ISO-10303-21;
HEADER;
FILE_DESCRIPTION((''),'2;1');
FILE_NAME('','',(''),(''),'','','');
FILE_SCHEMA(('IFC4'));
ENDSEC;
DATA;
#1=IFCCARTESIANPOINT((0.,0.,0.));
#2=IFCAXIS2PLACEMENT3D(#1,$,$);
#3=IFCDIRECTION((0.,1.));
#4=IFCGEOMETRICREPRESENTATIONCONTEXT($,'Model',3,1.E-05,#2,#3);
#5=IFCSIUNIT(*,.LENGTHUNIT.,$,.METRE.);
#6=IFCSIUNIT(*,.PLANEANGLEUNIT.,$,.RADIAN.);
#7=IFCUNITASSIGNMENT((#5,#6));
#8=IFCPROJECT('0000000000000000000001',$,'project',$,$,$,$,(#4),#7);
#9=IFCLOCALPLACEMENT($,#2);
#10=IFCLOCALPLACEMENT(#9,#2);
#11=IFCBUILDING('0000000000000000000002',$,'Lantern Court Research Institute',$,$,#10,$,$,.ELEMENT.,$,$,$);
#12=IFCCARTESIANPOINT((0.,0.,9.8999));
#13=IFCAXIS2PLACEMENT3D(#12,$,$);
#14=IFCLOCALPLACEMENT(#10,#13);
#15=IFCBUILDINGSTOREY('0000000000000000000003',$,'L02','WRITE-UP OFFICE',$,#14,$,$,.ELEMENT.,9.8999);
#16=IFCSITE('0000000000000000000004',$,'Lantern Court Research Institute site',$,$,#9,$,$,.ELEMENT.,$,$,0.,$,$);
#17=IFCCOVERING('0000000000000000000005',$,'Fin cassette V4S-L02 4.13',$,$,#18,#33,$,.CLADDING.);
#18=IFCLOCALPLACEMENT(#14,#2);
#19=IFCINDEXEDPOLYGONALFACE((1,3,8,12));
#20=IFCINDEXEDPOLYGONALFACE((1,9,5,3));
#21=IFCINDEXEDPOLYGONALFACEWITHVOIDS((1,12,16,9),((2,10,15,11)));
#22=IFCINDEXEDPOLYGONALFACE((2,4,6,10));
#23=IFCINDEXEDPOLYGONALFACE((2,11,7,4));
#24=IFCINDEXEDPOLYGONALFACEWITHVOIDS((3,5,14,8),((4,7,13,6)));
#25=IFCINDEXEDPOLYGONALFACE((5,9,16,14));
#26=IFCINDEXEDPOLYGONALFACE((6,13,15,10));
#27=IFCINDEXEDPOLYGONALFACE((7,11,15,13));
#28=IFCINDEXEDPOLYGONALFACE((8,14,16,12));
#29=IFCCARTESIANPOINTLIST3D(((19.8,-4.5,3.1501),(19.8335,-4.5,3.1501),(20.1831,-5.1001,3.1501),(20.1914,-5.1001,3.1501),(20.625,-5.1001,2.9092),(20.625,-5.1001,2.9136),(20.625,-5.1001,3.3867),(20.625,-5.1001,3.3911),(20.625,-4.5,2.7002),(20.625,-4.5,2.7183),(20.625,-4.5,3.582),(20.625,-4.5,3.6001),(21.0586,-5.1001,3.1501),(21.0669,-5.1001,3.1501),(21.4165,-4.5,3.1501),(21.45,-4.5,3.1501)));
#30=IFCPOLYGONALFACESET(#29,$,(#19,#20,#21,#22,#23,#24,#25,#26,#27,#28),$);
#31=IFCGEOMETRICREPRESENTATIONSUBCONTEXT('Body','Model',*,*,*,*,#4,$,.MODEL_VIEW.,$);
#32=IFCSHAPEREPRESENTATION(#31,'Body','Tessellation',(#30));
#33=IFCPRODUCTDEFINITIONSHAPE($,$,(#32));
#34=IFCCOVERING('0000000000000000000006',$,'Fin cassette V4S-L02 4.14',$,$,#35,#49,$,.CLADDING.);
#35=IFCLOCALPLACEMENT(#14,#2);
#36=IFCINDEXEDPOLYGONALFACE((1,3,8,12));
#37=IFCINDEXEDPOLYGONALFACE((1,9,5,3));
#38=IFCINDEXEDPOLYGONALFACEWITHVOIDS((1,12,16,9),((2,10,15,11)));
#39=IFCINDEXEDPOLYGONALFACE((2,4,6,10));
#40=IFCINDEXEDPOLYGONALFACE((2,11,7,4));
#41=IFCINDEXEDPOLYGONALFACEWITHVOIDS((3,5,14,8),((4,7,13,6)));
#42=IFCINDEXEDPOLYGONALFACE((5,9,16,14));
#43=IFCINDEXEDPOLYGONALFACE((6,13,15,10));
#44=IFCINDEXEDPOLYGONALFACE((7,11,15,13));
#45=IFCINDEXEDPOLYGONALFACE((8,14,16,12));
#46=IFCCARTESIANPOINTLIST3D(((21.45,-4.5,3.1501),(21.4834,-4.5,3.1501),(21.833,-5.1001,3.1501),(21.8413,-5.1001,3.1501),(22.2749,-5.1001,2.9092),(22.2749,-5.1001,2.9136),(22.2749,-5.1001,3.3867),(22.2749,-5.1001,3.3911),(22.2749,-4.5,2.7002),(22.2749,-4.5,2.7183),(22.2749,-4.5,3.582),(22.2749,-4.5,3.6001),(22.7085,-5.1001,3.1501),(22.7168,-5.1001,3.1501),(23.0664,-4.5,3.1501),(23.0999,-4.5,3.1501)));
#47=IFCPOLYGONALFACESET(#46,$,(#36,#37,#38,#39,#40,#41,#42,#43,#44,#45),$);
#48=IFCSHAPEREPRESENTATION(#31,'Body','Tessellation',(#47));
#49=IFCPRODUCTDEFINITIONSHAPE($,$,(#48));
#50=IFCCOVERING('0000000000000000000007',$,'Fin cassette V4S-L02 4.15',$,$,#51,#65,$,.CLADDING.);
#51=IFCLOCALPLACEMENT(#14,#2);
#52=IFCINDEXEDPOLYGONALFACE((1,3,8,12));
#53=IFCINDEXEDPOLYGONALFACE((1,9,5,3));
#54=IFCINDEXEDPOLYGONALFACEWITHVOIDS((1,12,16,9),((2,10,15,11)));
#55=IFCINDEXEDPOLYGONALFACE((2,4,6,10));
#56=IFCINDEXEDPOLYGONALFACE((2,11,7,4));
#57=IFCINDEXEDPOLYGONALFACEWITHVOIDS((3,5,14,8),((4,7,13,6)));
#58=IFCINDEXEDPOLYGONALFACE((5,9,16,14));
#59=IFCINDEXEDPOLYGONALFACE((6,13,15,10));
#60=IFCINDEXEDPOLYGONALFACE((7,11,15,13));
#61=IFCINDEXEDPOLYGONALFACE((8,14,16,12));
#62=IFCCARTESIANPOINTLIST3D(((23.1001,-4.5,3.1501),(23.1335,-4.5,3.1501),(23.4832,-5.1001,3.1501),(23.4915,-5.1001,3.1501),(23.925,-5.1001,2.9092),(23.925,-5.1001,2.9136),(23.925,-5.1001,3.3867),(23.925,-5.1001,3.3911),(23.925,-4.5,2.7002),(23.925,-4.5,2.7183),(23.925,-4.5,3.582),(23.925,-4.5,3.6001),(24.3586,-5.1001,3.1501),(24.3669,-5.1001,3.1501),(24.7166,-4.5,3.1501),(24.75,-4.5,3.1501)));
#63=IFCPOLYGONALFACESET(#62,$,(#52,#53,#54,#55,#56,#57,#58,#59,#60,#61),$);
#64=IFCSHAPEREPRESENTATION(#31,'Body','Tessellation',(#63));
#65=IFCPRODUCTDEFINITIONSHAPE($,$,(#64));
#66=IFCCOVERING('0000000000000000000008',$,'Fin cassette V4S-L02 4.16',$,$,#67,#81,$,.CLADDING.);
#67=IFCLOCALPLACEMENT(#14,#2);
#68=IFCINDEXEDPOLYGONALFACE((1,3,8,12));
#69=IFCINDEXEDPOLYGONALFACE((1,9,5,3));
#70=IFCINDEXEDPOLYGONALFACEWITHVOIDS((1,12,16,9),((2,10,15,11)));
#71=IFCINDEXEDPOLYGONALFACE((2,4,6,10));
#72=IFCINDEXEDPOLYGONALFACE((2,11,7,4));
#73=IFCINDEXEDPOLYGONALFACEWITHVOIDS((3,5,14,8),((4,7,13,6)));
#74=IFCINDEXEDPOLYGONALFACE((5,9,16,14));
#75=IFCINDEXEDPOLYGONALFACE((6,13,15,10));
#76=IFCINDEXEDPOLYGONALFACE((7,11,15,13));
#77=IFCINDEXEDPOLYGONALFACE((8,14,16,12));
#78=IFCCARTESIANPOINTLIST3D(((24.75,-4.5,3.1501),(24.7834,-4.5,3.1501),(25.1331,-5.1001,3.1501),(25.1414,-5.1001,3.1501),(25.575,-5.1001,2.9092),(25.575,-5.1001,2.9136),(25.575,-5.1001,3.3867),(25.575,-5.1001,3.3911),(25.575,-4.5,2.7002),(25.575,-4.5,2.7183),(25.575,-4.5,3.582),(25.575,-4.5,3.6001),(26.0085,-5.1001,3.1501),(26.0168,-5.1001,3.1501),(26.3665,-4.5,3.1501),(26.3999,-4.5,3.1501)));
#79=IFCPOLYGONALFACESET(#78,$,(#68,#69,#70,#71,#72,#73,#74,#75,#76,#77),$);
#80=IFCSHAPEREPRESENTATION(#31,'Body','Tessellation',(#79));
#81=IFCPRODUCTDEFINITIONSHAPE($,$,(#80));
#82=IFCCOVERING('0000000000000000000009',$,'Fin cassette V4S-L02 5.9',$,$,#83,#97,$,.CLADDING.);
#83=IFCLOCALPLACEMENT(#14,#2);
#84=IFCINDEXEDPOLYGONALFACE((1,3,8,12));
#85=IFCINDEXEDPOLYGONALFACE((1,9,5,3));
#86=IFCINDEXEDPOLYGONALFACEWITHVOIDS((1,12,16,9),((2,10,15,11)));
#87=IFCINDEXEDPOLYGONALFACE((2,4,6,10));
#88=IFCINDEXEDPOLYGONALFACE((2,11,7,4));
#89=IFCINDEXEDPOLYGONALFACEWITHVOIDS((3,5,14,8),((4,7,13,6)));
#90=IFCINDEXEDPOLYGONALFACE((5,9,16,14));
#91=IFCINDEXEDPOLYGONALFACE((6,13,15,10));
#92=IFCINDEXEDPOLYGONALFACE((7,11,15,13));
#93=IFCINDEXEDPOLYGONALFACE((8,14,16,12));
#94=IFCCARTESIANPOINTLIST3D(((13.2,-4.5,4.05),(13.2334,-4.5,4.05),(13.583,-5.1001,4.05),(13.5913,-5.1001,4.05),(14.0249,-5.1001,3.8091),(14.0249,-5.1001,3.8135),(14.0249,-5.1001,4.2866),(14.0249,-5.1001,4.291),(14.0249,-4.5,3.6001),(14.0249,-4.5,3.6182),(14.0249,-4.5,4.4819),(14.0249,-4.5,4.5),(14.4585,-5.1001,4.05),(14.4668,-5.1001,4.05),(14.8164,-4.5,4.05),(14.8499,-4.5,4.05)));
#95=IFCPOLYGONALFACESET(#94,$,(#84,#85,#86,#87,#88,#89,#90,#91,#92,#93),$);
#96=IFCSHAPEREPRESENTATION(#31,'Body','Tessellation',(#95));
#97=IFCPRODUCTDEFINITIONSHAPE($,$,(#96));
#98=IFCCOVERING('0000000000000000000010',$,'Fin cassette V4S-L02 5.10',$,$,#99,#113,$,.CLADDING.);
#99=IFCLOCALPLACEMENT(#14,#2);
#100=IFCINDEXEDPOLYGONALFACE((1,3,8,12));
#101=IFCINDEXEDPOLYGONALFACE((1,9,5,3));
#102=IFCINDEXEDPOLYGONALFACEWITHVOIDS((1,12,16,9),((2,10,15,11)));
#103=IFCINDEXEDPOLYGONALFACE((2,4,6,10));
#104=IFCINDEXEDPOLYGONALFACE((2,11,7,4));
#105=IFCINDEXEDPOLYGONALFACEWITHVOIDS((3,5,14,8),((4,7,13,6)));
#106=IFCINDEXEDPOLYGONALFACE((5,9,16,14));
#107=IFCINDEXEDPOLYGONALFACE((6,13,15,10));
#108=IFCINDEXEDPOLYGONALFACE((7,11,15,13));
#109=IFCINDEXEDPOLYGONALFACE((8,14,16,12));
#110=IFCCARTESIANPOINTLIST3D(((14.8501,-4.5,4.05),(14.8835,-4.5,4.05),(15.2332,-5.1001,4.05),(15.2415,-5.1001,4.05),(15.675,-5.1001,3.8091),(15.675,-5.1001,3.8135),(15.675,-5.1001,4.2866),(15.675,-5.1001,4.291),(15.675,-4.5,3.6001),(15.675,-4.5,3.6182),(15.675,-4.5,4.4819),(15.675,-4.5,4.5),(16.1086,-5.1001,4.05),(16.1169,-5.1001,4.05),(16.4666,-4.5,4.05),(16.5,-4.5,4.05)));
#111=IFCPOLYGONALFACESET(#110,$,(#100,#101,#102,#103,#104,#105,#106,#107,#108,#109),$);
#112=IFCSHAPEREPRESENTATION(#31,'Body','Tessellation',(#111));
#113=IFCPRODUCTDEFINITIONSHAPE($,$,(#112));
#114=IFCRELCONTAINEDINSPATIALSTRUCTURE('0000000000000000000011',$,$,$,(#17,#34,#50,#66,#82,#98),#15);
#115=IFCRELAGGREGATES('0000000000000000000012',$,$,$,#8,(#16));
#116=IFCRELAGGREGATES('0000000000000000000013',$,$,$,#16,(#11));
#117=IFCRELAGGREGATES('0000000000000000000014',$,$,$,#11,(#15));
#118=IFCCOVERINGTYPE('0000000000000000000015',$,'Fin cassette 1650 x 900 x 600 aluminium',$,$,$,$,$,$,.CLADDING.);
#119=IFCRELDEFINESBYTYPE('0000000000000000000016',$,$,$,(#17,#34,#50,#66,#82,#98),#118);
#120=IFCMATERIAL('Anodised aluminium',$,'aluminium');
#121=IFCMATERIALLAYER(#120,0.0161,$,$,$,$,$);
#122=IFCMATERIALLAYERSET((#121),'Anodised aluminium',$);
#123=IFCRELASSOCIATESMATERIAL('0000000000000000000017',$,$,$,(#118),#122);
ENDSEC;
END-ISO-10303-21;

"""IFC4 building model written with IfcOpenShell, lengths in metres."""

from ifc_helpers import new_model, entity, si_unit, direction, frame, origin, place, context, subcontext, project, spatial, material, layer, layer_set, type_object, element, save


model = new_model("IFC4")

# Units and contexts
model_context = context("Model", 3, precision=1e-05, world=origin(), true_north=direction((0.0, 1.0)))
body_context = subcontext(model_context, "Body", "Model", "MODEL_VIEW")
ifc_project = project(units=[si_unit("LENGTHUNIT", "METRE"), si_unit("PLANEANGLEUNIT", "RADIAN")], contexts=[model_context])

# Site, building, storey
site_placement = place(None, origin())
site = spatial("IfcSite", under=ifc_project, at=site_placement, Name="Lantern Court Research Institute site", CompositionType="ELEMENT", RefElevation=0.0)
building_placement = place(site_placement, origin())
building = spatial("IfcBuilding", under=site, at=building_placement, Name="Lantern Court Research Institute", CompositionType="ELEMENT")
storey_placement = place(building_placement, frame((0.0, 0.0, 9.8999)))
storey = spatial("IfcBuildingStorey", under=building, at=storey_placement, Name="L02", Description="WRITE-UP OFFICE", CompositionType="ELEMENT", Elevation=9.8999)

# Coverings
ifc_material_1 = material(Name="Anodised aluminium", Category="aluminium")
ifc_layer_1 = layer(ifc_material_1, 0.0161)
ifc_layer_set_1 = layer_set([ifc_layer_1], Name="Anodised aluminium")
covering_type = type_object("IfcCoveringType", Name="Fin cassette 1650 x 900 x 600 aluminium", PredefinedType="CLADDING", material=ifc_layer_set_1)
covering_1_placement = place(storey_placement, frame((20.625, -4.5, 3.1501), z_axis=(0.0, -1.0, 0.0), x_axis=(1.0, 0.0, 0.0)))
cartesian_point_1 = entity("IfcCartesianPoint", [0.825, 0.0])
cartesian_point_2 = entity("IfcCartesianPoint", [0.7915, 0.0])
cartesian_point_3 = entity("IfcCartesianPoint", [0.4419, 0.0])
cartesian_point_4 = entity("IfcCartesianPoint", [0.4336, 0.0])
element("IfcCovering", 1, at=covering_1_placement, inside=storey, type_object=covering_type, Name="Fin cassette V4S-L02 4.13", PredefinedType="CLADDING", context=body_context, shape_type="SweptSolid", body=[
    entity("IfcExtrudedAreaSolidTapered", entity("IfcArbitraryProfileDefWithVoids", "AREA", None, entity("IfcPolyline", [cartesian_point_1, entity("IfcCartesianPoint", [0.0, 0.45]), entity("IfcCartesianPoint", [-0.825, 0.0]), entity("IfcCartesianPoint", [0.0, -0.45]), cartesian_point_1]), [entity("IfcPolyline", [cartesian_point_2, entity("IfcCartesianPoint", [0.0, 0.4319]), entity("IfcCartesianPoint", [-0.7915, 0.0]), entity("IfcCartesianPoint", [0.0, -0.4319]), cartesian_point_2])]), entity("IfcAxis2Placement3D", entity("IfcCartesianPoint", [0.0, 0.0, 0.0])), entity("IfcDirection", [0.0, 0.0, 1.0]), 0.6001, entity("IfcArbitraryProfileDefWithVoids", "AREA", None, entity("IfcPolyline", [cartesian_point_3, entity("IfcCartesianPoint", [0.0, 0.241]), entity("IfcCartesianPoint", [-0.4419, 0.0]), entity("IfcCartesianPoint", [0.0, -0.241]), cartesian_point_3]), [entity("IfcPolyline", [cartesian_point_4, entity("IfcCartesianPoint", [0.0, 0.2366]), entity("IfcCartesianPoint", [-0.4336, 0.0]), entity("IfcCartesianPoint", [0.0, -0.2366]), cartesian_point_4])])),
])
covering_2_placement = place(storey_placement, frame((22.2749, -4.5, 3.1501), z_axis=(0.0, -1.0, 0.0), x_axis=(1.0, 0.0, 0.0)))
cartesian_point_5 = entity("IfcCartesianPoint", [0.825, 0.0])
cartesian_point_6 = entity("IfcCartesianPoint", [0.7915, 0.0])
cartesian_point_7 = entity("IfcCartesianPoint", [0.4419, 0.0])
cartesian_point_8 = entity("IfcCartesianPoint", [0.4336, 0.0])
element("IfcCovering", 2, at=covering_2_placement, inside=storey, type_object=covering_type, Name="Fin cassette V4S-L02 4.14", PredefinedType="CLADDING", context=body_context, shape_type="SweptSolid", body=[
    entity("IfcExtrudedAreaSolidTapered", entity("IfcArbitraryProfileDefWithVoids", "AREA", None, entity("IfcPolyline", [cartesian_point_5, entity("IfcCartesianPoint", [0.0, 0.45]), entity("IfcCartesianPoint", [-0.825, 0.0]), entity("IfcCartesianPoint", [0.0, -0.45]), cartesian_point_5]), [entity("IfcPolyline", [cartesian_point_6, entity("IfcCartesianPoint", [0.0, 0.4319]), entity("IfcCartesianPoint", [-0.7915, 0.0]), entity("IfcCartesianPoint", [0.0, -0.4319]), cartesian_point_6])]), entity("IfcAxis2Placement3D", entity("IfcCartesianPoint", [0.0, 0.0, 0.0])), entity("IfcDirection", [0.0, 0.0, 1.0]), 0.6001, entity("IfcArbitraryProfileDefWithVoids", "AREA", None, entity("IfcPolyline", [cartesian_point_7, entity("IfcCartesianPoint", [0.0, 0.241]), entity("IfcCartesianPoint", [-0.4419, 0.0]), entity("IfcCartesianPoint", [0.0, -0.241]), cartesian_point_7]), [entity("IfcPolyline", [cartesian_point_8, entity("IfcCartesianPoint", [0.0, 0.2366]), entity("IfcCartesianPoint", [-0.4336, 0.0]), entity("IfcCartesianPoint", [0.0, -0.2366]), cartesian_point_8])])),
])
covering_3_placement = place(storey_placement, frame((23.925, -4.5, 3.1501), z_axis=(0.0, -1.0, 0.0), x_axis=(1.0, 0.0, 0.0)))
cartesian_point_9 = entity("IfcCartesianPoint", [0.825, 0.0])
cartesian_point_10 = entity("IfcCartesianPoint", [0.7915, 0.0])
cartesian_point_11 = entity("IfcCartesianPoint", [0.4419, 0.0])
cartesian_point_12 = entity("IfcCartesianPoint", [0.4336, 0.0])
element("IfcCovering", 3, at=covering_3_placement, inside=storey, type_object=covering_type, Name="Fin cassette V4S-L02 4.15", PredefinedType="CLADDING", context=body_context, shape_type="SweptSolid", body=[
    entity("IfcExtrudedAreaSolidTapered", entity("IfcArbitraryProfileDefWithVoids", "AREA", None, entity("IfcPolyline", [cartesian_point_9, entity("IfcCartesianPoint", [0.0, 0.45]), entity("IfcCartesianPoint", [-0.825, 0.0]), entity("IfcCartesianPoint", [0.0, -0.45]), cartesian_point_9]), [entity("IfcPolyline", [cartesian_point_10, entity("IfcCartesianPoint", [0.0, 0.4319]), entity("IfcCartesianPoint", [-0.7915, 0.0]), entity("IfcCartesianPoint", [0.0, -0.4319]), cartesian_point_10])]), entity("IfcAxis2Placement3D", entity("IfcCartesianPoint", [0.0, 0.0, 0.0])), entity("IfcDirection", [0.0, 0.0, 1.0]), 0.6001, entity("IfcArbitraryProfileDefWithVoids", "AREA", None, entity("IfcPolyline", [cartesian_point_11, entity("IfcCartesianPoint", [0.0, 0.241]), entity("IfcCartesianPoint", [-0.4419, 0.0]), entity("IfcCartesianPoint", [0.0, -0.241]), cartesian_point_11]), [entity("IfcPolyline", [cartesian_point_12, entity("IfcCartesianPoint", [0.0, 0.2366]), entity("IfcCartesianPoint", [-0.4336, 0.0]), entity("IfcCartesianPoint", [0.0, -0.2366]), cartesian_point_12])])),
])
covering_4_placement = place(storey_placement, frame((25.575, -4.5, 3.1501), z_axis=(0.0, -1.0, 0.0), x_axis=(1.0, 0.0, 0.0)))
cartesian_point_13 = entity("IfcCartesianPoint", [0.825, 0.0])
cartesian_point_14 = entity("IfcCartesianPoint", [0.7915, 0.0])
cartesian_point_15 = entity("IfcCartesianPoint", [0.4419, 0.0])
cartesian_point_16 = entity("IfcCartesianPoint", [0.4336, 0.0])
element("IfcCovering", 4, at=covering_4_placement, inside=storey, type_object=covering_type, Name="Fin cassette V4S-L02 4.16", PredefinedType="CLADDING", context=body_context, shape_type="SweptSolid", body=[
    entity("IfcExtrudedAreaSolidTapered", entity("IfcArbitraryProfileDefWithVoids", "AREA", None, entity("IfcPolyline", [cartesian_point_13, entity("IfcCartesianPoint", [0.0, 0.45]), entity("IfcCartesianPoint", [-0.825, 0.0]), entity("IfcCartesianPoint", [0.0, -0.45]), cartesian_point_13]), [entity("IfcPolyline", [cartesian_point_14, entity("IfcCartesianPoint", [0.0, 0.4319]), entity("IfcCartesianPoint", [-0.7915, 0.0]), entity("IfcCartesianPoint", [0.0, -0.4319]), cartesian_point_14])]), entity("IfcAxis2Placement3D", entity("IfcCartesianPoint", [0.0, 0.0, 0.0])), entity("IfcDirection", [0.0, 0.0, 1.0]), 0.6001, entity("IfcArbitraryProfileDefWithVoids", "AREA", None, entity("IfcPolyline", [cartesian_point_15, entity("IfcCartesianPoint", [0.0, 0.241]), entity("IfcCartesianPoint", [-0.4419, 0.0]), entity("IfcCartesianPoint", [0.0, -0.241]), cartesian_point_15]), [entity("IfcPolyline", [cartesian_point_16, entity("IfcCartesianPoint", [0.0, 0.2366]), entity("IfcCartesianPoint", [-0.4336, 0.0]), entity("IfcCartesianPoint", [0.0, -0.2366]), cartesian_point_16])])),
])
covering_5_placement = place(storey_placement, frame((14.0249, -4.5, 4.05), z_axis=(0.0, -1.0, 0.0), x_axis=(1.0, 0.0, 0.0)))
cartesian_point_17 = entity("IfcCartesianPoint", [0.825, 0.0])
cartesian_point_18 = entity("IfcCartesianPoint", [0.7915, 0.0])
cartesian_point_19 = entity("IfcCartesianPoint", [0.4419, 0.0])
cartesian_point_20 = entity("IfcCartesianPoint", [0.4336, 0.0])
element("IfcCovering", 5, at=covering_5_placement, inside=storey, type_object=covering_type, Name="Fin cassette V4S-L02 5.9", PredefinedType="CLADDING", context=body_context, shape_type="SweptSolid", body=[
    entity("IfcExtrudedAreaSolidTapered", entity("IfcArbitraryProfileDefWithVoids", "AREA", None, entity("IfcPolyline", [cartesian_point_17, entity("IfcCartesianPoint", [0.0, 0.45]), entity("IfcCartesianPoint", [-0.825, 0.0]), entity("IfcCartesianPoint", [0.0, -0.45]), cartesian_point_17]), [entity("IfcPolyline", [cartesian_point_18, entity("IfcCartesianPoint", [0.0, 0.4319]), entity("IfcCartesianPoint", [-0.7915, 0.0]), entity("IfcCartesianPoint", [0.0, -0.4319]), cartesian_point_18])]), entity("IfcAxis2Placement3D", entity("IfcCartesianPoint", [0.0, 0.0, 0.0])), entity("IfcDirection", [0.0, 0.0, 1.0]), 0.6001, entity("IfcArbitraryProfileDefWithVoids", "AREA", None, entity("IfcPolyline", [cartesian_point_19, entity("IfcCartesianPoint", [0.0, 0.241]), entity("IfcCartesianPoint", [-0.4419, 0.0]), entity("IfcCartesianPoint", [0.0, -0.241]), cartesian_point_19]), [entity("IfcPolyline", [cartesian_point_20, entity("IfcCartesianPoint", [0.0, 0.2366]), entity("IfcCartesianPoint", [-0.4336, 0.0]), entity("IfcCartesianPoint", [0.0, -0.2366]), cartesian_point_20])])),
])
covering_6_placement = place(storey_placement, frame((15.675, -4.5, 4.05), z_axis=(0.0, -1.0, 0.0), x_axis=(1.0, 0.0, 0.0)))
cartesian_point_21 = entity("IfcCartesianPoint", [0.825, 0.0])
cartesian_point_22 = entity("IfcCartesianPoint", [0.7915, 0.0])
cartesian_point_23 = entity("IfcCartesianPoint", [0.4419, 0.0])
cartesian_point_24 = entity("IfcCartesianPoint", [0.4336, 0.0])
element("IfcCovering", 6, at=covering_6_placement, inside=storey, type_object=covering_type, Name="Fin cassette V4S-L02 5.10", PredefinedType="CLADDING", context=body_context, shape_type="SweptSolid", body=[
    entity("IfcExtrudedAreaSolidTapered", entity("IfcArbitraryProfileDefWithVoids", "AREA", None, entity("IfcPolyline", [cartesian_point_21, entity("IfcCartesianPoint", [0.0, 0.45]), entity("IfcCartesianPoint", [-0.825, 0.0]), entity("IfcCartesianPoint", [0.0, -0.45]), cartesian_point_21]), [entity("IfcPolyline", [cartesian_point_22, entity("IfcCartesianPoint", [0.0, 0.4319]), entity("IfcCartesianPoint", [-0.7915, 0.0]), entity("IfcCartesianPoint", [0.0, -0.4319]), cartesian_point_22])]), entity("IfcAxis2Placement3D", entity("IfcCartesianPoint", [0.0, 0.0, 0.0])), entity("IfcDirection", [0.0, 0.0, 1.0]), 0.6001, entity("IfcArbitraryProfileDefWithVoids", "AREA", None, entity("IfcPolyline", [cartesian_point_23, entity("IfcCartesianPoint", [0.0, 0.241]), entity("IfcCartesianPoint", [-0.4419, 0.0]), entity("IfcCartesianPoint", [0.0, -0.241]), cartesian_point_23]), [entity("IfcPolyline", [cartesian_point_24, entity("IfcCartesianPoint", [0.0, 0.2366]), entity("IfcCartesianPoint", [-0.4336, 0.0]), entity("IfcCartesianPoint", [0.0, -0.2366]), cartesian_point_24])])),
])

save(model, "model.ifc")
